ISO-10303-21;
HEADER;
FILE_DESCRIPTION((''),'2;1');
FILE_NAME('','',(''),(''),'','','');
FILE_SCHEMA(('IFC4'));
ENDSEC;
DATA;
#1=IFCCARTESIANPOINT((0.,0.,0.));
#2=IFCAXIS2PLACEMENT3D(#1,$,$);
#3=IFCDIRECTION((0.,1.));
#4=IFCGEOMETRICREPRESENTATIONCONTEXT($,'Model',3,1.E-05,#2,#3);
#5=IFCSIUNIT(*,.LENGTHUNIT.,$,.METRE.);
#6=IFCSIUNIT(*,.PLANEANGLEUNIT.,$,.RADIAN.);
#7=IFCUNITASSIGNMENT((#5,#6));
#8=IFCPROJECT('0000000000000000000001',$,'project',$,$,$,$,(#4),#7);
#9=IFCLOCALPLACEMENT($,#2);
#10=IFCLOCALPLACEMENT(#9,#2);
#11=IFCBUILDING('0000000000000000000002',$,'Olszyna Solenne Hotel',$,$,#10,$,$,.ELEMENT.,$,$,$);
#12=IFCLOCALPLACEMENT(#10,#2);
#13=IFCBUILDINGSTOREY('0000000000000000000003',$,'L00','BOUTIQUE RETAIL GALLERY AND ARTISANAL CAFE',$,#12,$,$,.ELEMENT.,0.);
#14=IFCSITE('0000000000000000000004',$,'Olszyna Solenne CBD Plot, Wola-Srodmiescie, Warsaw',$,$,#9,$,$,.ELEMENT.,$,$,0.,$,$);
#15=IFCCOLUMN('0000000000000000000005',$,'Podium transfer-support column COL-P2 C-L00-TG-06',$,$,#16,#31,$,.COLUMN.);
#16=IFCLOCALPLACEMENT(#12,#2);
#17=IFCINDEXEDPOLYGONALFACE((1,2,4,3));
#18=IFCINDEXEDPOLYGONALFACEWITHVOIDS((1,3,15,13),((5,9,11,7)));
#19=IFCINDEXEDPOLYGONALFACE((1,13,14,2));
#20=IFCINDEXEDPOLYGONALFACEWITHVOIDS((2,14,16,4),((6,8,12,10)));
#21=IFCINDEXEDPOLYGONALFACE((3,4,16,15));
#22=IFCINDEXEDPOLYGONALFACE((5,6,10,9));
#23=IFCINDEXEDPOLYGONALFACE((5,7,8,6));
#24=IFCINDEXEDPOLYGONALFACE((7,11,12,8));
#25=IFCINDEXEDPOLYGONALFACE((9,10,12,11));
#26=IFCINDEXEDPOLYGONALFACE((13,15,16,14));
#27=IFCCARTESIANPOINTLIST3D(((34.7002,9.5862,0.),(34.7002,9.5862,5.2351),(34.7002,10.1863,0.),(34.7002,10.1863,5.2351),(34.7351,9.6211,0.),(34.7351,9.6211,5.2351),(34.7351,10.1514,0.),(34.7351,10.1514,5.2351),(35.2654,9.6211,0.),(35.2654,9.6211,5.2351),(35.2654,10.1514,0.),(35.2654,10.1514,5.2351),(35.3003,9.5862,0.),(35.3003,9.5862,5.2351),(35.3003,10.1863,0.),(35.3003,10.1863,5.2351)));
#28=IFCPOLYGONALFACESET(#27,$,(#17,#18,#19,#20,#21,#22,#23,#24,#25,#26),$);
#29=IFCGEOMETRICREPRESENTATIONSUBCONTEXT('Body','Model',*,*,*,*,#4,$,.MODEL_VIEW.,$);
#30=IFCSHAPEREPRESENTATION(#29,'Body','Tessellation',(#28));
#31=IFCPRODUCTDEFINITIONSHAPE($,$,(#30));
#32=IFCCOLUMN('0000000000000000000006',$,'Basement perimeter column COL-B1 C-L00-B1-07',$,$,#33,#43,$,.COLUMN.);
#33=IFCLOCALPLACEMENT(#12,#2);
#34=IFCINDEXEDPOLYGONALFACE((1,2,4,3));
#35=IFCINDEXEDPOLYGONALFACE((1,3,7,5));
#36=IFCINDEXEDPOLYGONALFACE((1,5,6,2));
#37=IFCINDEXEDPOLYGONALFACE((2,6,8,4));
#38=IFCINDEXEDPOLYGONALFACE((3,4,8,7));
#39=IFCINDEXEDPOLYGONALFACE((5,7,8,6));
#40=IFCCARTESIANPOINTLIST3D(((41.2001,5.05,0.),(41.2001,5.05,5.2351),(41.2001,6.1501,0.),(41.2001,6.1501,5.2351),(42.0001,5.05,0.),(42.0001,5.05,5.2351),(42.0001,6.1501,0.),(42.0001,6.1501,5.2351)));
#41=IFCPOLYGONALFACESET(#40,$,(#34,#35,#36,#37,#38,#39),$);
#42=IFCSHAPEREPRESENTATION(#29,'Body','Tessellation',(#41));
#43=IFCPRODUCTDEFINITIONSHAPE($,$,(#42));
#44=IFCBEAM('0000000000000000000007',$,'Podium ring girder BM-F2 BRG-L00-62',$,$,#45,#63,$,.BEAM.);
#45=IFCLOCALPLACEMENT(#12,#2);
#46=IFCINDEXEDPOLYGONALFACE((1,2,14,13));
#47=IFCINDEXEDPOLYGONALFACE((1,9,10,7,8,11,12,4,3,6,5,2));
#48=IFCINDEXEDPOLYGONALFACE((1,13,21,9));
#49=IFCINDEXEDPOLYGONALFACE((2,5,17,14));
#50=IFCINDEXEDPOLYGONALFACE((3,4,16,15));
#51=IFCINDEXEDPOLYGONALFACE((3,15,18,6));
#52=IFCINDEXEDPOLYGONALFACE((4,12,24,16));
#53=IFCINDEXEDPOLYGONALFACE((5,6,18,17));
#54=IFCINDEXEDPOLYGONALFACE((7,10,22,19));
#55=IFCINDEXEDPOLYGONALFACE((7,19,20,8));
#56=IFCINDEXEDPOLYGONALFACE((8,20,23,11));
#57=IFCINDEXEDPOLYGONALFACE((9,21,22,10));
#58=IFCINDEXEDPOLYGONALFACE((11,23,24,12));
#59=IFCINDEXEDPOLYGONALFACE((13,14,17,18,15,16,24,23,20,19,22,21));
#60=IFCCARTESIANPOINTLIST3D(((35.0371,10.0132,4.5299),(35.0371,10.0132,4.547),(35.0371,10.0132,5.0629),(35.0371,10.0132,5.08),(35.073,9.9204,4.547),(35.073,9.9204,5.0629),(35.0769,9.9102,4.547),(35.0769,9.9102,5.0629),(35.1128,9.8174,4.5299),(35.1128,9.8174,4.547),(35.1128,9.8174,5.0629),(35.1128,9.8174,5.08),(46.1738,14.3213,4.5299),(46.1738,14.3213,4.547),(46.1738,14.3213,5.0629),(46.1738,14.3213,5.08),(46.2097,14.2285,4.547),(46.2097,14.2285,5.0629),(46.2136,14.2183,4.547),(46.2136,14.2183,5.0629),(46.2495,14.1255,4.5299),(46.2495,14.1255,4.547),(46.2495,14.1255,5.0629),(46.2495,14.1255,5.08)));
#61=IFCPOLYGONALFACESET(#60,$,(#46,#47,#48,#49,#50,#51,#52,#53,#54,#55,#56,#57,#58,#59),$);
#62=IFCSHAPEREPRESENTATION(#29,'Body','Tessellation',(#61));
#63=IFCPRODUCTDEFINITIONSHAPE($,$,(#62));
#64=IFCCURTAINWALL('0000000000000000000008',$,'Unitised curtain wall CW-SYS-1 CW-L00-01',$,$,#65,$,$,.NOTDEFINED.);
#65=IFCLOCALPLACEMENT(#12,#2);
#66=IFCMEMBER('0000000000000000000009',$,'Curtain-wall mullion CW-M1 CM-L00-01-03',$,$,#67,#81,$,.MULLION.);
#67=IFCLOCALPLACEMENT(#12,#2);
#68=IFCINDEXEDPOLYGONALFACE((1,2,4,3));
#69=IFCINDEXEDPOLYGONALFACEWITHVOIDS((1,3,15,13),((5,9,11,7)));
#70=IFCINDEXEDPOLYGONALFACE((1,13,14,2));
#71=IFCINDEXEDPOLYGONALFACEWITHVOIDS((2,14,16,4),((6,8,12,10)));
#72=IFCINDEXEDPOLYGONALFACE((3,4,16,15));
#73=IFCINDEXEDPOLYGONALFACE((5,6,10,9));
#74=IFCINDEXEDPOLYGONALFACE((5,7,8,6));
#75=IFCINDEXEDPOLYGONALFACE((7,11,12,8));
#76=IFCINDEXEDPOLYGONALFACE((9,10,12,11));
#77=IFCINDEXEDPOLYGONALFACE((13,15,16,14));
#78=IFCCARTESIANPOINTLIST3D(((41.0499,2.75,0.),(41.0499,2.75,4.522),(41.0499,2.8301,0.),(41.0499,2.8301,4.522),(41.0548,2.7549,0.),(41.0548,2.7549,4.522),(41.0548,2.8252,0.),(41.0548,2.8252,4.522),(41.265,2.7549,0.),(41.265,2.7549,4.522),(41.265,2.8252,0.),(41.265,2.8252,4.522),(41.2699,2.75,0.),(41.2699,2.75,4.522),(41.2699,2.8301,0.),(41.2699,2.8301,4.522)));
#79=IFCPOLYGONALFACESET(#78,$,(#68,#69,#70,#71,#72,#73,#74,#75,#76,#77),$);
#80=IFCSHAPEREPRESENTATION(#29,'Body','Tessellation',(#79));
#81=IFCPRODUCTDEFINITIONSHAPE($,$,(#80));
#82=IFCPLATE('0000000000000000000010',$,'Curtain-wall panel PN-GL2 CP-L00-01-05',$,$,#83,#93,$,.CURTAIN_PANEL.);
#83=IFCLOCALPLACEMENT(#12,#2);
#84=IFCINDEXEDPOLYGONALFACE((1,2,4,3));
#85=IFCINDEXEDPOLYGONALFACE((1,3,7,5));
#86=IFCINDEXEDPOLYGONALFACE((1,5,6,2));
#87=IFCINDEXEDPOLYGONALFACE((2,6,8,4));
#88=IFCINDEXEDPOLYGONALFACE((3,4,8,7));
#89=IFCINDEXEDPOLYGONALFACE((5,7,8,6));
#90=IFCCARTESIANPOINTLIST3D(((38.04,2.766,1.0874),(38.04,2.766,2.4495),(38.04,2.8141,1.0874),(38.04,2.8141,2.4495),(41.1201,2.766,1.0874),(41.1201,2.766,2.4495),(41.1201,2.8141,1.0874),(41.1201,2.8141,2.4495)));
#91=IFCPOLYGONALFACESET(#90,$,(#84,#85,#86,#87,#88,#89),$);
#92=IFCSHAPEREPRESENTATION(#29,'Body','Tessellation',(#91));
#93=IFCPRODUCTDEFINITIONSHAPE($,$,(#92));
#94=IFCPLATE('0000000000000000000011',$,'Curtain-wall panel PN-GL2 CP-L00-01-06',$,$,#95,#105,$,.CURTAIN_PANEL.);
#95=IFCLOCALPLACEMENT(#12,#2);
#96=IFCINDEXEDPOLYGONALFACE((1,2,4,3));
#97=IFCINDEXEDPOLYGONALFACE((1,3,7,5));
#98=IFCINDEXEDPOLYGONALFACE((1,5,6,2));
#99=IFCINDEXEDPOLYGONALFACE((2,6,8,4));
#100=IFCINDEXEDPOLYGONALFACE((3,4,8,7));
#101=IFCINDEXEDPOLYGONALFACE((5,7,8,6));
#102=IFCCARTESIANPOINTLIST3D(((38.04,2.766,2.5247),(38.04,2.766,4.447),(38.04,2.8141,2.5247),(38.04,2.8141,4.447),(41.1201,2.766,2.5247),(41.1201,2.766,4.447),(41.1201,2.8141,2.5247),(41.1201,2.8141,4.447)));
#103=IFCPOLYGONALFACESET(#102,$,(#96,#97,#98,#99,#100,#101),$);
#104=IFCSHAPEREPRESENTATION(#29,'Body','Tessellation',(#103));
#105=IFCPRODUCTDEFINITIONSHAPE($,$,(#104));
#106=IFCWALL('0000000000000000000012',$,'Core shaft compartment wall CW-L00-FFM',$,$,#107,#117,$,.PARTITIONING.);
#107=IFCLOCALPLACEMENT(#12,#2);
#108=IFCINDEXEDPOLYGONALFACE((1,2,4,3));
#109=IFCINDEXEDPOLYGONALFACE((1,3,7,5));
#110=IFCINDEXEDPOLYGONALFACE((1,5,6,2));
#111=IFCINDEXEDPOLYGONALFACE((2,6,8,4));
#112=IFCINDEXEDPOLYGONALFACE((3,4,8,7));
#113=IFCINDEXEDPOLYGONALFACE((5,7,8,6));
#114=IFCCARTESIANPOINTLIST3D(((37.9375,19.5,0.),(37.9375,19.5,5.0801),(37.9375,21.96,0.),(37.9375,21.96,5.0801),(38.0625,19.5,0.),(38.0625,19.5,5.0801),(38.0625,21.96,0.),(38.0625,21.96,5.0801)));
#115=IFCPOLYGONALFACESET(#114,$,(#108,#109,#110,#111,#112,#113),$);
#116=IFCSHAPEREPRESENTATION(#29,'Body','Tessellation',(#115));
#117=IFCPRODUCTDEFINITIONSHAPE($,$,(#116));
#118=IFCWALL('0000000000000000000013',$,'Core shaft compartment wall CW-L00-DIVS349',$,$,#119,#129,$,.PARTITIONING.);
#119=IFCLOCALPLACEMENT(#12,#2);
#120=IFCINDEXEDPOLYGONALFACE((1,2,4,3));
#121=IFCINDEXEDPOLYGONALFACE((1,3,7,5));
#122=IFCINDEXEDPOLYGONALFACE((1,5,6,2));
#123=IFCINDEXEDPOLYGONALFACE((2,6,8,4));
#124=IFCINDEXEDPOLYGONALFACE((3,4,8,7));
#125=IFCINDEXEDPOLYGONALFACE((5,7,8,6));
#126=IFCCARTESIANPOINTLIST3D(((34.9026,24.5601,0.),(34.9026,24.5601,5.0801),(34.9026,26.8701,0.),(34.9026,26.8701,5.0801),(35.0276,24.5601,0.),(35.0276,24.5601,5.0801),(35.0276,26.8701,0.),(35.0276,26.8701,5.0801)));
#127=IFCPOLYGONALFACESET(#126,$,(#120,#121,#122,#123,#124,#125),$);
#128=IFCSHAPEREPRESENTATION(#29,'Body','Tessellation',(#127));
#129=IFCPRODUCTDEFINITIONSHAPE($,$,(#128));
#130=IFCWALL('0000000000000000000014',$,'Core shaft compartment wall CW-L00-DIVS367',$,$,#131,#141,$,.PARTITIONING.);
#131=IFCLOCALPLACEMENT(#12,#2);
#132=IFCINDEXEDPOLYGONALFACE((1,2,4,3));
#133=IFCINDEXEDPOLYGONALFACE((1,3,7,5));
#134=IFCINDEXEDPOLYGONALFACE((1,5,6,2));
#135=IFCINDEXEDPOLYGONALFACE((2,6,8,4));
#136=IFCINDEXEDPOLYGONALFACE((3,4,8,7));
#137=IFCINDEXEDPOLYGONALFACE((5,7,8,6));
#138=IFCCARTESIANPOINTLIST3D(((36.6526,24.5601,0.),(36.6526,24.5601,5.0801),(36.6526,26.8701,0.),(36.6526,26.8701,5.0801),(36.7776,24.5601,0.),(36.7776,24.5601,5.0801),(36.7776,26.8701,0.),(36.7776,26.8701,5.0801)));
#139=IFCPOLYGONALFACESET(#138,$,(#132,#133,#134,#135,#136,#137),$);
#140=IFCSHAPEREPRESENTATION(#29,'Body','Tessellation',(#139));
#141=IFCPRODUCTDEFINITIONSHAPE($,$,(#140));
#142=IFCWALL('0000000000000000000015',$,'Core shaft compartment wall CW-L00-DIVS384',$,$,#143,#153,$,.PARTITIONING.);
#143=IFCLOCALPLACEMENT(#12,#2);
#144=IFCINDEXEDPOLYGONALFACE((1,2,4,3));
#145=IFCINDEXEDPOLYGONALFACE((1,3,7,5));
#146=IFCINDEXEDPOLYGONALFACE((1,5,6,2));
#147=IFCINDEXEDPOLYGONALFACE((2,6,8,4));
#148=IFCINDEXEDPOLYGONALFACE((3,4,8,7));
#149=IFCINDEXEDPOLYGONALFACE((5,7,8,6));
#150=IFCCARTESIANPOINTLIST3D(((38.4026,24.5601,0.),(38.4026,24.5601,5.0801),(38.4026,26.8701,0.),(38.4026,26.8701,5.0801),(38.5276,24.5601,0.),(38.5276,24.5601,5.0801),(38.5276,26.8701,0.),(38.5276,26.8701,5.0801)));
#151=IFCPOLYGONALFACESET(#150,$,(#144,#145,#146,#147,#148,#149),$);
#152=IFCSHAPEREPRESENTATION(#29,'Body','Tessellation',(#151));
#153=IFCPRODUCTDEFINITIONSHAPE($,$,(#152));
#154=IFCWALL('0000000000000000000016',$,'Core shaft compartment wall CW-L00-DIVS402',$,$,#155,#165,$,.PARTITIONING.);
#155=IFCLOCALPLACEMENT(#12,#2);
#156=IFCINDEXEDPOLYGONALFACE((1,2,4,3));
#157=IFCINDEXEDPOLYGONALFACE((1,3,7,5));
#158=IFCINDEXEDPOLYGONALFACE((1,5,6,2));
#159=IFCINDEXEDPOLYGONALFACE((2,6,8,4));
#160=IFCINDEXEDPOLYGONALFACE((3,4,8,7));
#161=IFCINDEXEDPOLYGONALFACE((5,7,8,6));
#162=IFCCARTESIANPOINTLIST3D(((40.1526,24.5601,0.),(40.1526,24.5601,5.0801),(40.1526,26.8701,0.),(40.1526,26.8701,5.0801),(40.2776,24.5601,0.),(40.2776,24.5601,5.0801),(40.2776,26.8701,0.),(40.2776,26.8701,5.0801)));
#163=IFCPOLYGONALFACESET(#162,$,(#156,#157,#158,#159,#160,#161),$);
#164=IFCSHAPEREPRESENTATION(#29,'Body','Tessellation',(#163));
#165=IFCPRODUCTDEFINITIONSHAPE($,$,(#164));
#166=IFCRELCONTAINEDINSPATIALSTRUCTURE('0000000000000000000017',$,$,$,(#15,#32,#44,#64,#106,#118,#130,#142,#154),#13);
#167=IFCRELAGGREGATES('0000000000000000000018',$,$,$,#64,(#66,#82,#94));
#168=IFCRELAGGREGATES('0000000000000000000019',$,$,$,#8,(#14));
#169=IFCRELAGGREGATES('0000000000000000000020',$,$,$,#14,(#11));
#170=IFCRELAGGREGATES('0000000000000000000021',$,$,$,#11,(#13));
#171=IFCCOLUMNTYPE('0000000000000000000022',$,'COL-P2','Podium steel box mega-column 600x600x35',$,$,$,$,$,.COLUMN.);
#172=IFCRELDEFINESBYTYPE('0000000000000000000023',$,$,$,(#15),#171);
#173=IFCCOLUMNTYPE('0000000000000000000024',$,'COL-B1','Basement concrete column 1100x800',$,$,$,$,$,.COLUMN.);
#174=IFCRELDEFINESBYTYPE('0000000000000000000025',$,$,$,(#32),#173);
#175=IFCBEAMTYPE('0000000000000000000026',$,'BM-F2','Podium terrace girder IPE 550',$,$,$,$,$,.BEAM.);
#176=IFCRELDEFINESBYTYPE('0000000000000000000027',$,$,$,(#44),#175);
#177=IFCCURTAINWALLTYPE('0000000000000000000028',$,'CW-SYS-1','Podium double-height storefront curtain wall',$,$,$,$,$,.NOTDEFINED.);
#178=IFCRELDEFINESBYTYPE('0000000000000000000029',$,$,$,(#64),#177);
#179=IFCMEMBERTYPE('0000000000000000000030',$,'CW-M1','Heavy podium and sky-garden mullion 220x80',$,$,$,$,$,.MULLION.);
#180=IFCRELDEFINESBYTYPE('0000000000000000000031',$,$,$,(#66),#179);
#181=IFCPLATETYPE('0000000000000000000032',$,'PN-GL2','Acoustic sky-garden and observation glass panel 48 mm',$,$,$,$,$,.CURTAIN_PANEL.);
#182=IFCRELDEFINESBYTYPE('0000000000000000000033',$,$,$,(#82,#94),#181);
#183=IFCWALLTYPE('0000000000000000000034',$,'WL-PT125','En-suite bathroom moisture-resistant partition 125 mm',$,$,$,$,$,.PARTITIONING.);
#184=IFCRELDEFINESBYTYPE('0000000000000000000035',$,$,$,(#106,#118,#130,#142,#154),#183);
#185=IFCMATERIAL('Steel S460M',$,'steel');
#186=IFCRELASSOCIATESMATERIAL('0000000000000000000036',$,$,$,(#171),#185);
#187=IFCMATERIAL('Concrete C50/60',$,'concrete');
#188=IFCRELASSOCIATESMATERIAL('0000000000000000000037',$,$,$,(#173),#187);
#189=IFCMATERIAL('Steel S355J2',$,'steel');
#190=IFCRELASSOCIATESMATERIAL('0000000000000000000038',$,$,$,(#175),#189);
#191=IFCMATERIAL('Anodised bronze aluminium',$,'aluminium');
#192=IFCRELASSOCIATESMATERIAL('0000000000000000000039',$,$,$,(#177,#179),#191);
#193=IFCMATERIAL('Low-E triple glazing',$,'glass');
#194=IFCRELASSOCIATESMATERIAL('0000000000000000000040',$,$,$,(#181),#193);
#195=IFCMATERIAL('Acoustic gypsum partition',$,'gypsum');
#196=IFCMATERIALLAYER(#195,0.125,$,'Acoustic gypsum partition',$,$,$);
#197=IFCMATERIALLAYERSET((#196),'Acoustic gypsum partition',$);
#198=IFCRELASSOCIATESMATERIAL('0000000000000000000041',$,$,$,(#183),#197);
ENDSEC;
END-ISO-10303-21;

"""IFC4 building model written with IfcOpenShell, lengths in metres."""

from ifc_helpers import new_model, si_unit, direction, frame, frame_2d, origin, origin_2d, place, context, subcontext, project, spatial, rectangle, hollow_rectangle, i_section, extrude, source, transform, mapped, material, layer, layer_set, material_profile, profile_set, type_object, element, aggregate, save


model = new_model("IFC4")

# Units and contexts
model_context = context("Model", 3, precision=1e-05, world=origin(), true_north=direction((0.0, 1.0)))
body_context = subcontext(model_context, "Body", "Model", "MODEL_VIEW")
ifc_project = project(units=[si_unit("LENGTHUNIT", "METRE"), si_unit("PLANEANGLEUNIT", "RADIAN")], contexts=[model_context])

# Site, building, storey
site_placement = place(None, origin())
site = spatial("IfcSite", under=ifc_project, at=site_placement, Name="Olszyna Solenne CBD Plot, Wola-Srodmiescie, Warsaw", CompositionType="ELEMENT", RefElevation=0.0)
building_placement = place(site_placement, origin())
building = spatial("IfcBuilding", under=site, at=building_placement, Name="Olszyna Solenne Hotel", CompositionType="ELEMENT")
storey_placement = place(building_placement, origin())
storey = spatial("IfcBuildingStorey", under=building, at=storey_placement, Name="L00", Description="BOUTIQUE RETAIL GALLERY AND ARTISANAL CAFE", CompositionType="ELEMENT", Elevation=0.0)

# Columns
ifc_material_1 = material(Name="Steel S460M", Category="steel")
ifc_material_profile_1 = material_profile(ifc_material_1, hollow_rectangle(XDim=0.6001, YDim=0.6001, WallThickness=0.0349, at=origin_2d()), Name="SHS 600x600x35", Category="load-bearing")
ifc_profile_set_1 = profile_set([ifc_material_profile_1], Name="Steel S460M")
column_type_1 = type_object("IfcColumnType", Name="COL-P2", Description="Podium steel box mega-column 600x600x35", PredefinedType="COLUMN", material=ifc_profile_set_1)
shared_shape_1 = source(origin(), body_context, "Body", "SweptSolid", [
    extrude(hollow_rectangle(XDim=0.6001, YDim=0.6001, WallThickness=0.0349, at=origin_2d()), origin(), (0.0, 0.0, 1.0), 5.2351),
])
column_1_placement = place(storey_placement, frame((35.0002, 9.8862, 0.0), z_axis=(0.0, 0.0, 1.0), x_axis=(1.0, 0.0, 0.0)))
element("IfcColumn", 1, at=column_1_placement, inside=storey, type_object=column_type_1, Name="Podium transfer-support column COL-P2 C-L00-TG-06", PredefinedType="COLUMN", context=body_context, shape_type="MappedRepresentation", body=[
    mapped(shared_shape_1, transform((0.0, 0.0, 0.0), x_axis=(1.0, 0.0, 0.0), y_axis=(0.0, 1.0, 0.0), z_axis=(0.0, 0.0, 1.0), scale=1.0)),
])
ifc_material_2 = material(Name="Concrete C50/60", Category="concrete")
ifc_material_profile_2 = material_profile(ifc_material_2, rectangle(XDim=0.8, YDim=1.1001, at=origin_2d()), Name="RC 1100x800", Category="load-bearing")
ifc_profile_set_2 = profile_set([ifc_material_profile_2], Name="Concrete C50/60")
column_type_2 = type_object("IfcColumnType", Name="COL-B1", Description="Basement concrete column 1100x800", PredefinedType="COLUMN", material=ifc_profile_set_2)
shared_shape_2 = source(origin(), body_context, "Body", "SweptSolid", [
    extrude(rectangle(XDim=0.8, YDim=1.1001, at=origin_2d()), origin(), (0.0, 0.0, 1.0), 5.2351),
])
column_2_placement = place(storey_placement, frame((41.6001, 5.6001, 0.0), z_axis=(0.0, 0.0, 1.0), x_axis=(1.0, 0.0, 0.0)))
element("IfcColumn", 2, at=column_2_placement, inside=storey, type_object=column_type_2, Name="Basement perimeter column COL-B1 C-L00-B1-07", PredefinedType="COLUMN", context=body_context, shape_type="MappedRepresentation", body=[
    mapped(shared_shape_2, transform((0.0, 0.0, 0.0), x_axis=(1.0, 0.0, 0.0), y_axis=(0.0, 1.0, 0.0), z_axis=(0.0, 0.0, 1.0), scale=1.0)),
])

# Beam
ifc_material_3 = material(Name="Steel S355J2", Category="steel")
ifc_material_profile_3 = material_profile(ifc_material_3, i_section(OverallWidth=0.21, OverallDepth=0.55, WebThickness=0.011, FlangeThickness=0.0171, at=origin_2d()), Name="IPE 550", Category="load-bearing")
ifc_profile_set_3 = profile_set([ifc_material_profile_3], Name="Steel S355J2")
beam_type = type_object("IfcBeamType", Name="BM-F2", Description="Podium terrace girder IPE 550", PredefinedType="BEAM", material=ifc_profile_set_3)
shared_shape_3 = source(origin(), body_context, "Body", "SweptSolid", [
    extrude(i_section(OverallWidth=0.21, OverallDepth=0.55, WebThickness=0.011, FlangeThickness=0.0171, at=origin_2d()), origin(), (0.0, 0.0, 1.0), 11.9409),
])
beam_placement = place(storey_placement, frame((35.075, 9.9153, 4.8049), z_axis=(0.932649, 0.360784, 0.0), x_axis=(-0.360784, 0.932649, 0.0)))
element("IfcBeam", 3, at=beam_placement, inside=storey, type_object=beam_type, Name="Podium ring girder BM-F2 BRG-L00-62", PredefinedType="BEAM", context=body_context, shape_type="MappedRepresentation", body=[
    mapped(shared_shape_3, transform((0.0, 0.0, 0.0), x_axis=(1.0, 0.0, 0.0), y_axis=(0.0, 1.0, 0.0), z_axis=(0.0, 0.0, 1.0), scale=1.0)),
])

# Curtain wall, member, plates
ifc_material_4 = material(Name="Anodised bronze aluminium", Category="aluminium")
curtain_wall_type = type_object("IfcCurtainWallType", Name="CW-SYS-1", Description="Podium double-height storefront curtain wall", PredefinedType="NOTDEFINED", material=ifc_material_4)
curtain_wall_placement = place(storey_placement, origin())
curtain_wall = element("IfcCurtainWall", 4, at=curtain_wall_placement, inside=storey, type_object=curtain_wall_type, Name="Unitised curtain wall CW-SYS-1 CW-L00-01", PredefinedType="NOTDEFINED")
ifc_material_profile_4 = material_profile(ifc_material_4, hollow_rectangle(XDim=0.0801, YDim=0.22, WallThickness=0.0049, at=origin_2d()), Name="MULL 220x80x5", Category="load-bearing")
ifc_profile_set_4 = profile_set([ifc_material_profile_4], Name="Anodised bronze aluminium")
member_type = type_object("IfcMemberType", Name="CW-M1", Description="Heavy podium and sky-garden mullion 220x80", PredefinedType="MULLION", material=ifc_profile_set_4)
shared_shape_4 = source(origin(), body_context, "Body", "SweptSolid", [
    extrude(hollow_rectangle(XDim=0.0801, YDim=0.22, WallThickness=0.0049, at=origin_2d()), origin(), (0.0, 0.0, 1.0), 4.522),
])
member_placement = place(storey_placement, frame((41.1599, 2.79, 0.0), z_axis=(0.0, 0.0, 1.0), x_axis=(0.0, 1.0, 0.0)))
member = element("IfcMember", 5, at=member_placement, type_object=member_type, Name="Curtain-wall mullion CW-M1 CM-L00-01-03", PredefinedType="MULLION", context=body_context, shape_type="MappedRepresentation", body=[
    mapped(shared_shape_4, transform((0.0, 0.0, 0.0), x_axis=(1.0, 0.0, 0.0), y_axis=(0.0, 1.0, 0.0), z_axis=(0.0, 0.0, 1.0), scale=1.0)),
])
ifc_material_5 = material(Name="Low-E triple glazing", Category="glass")
plate_type = type_object("IfcPlateType", Name="PN-GL2", Description="Acoustic sky-garden and observation glass panel 48 mm", PredefinedType="CURTAIN_PANEL", material=ifc_material_5)
shared_shape_5 = source(origin(), body_context, "Body", "SweptSolid", [
    extrude(rectangle(XDim=3.0801, YDim=0.0481, at=origin_2d()), origin(), (0.0, 0.0, 1.0), 1.3621),
])
plate_1_placement = place(storey_placement, frame((39.5801, 2.79, 1.0874), z_axis=(0.0, 0.0, 1.0), x_axis=(1.0, 0.0, 0.0)))
plate_1 = element("IfcPlate", 6, at=plate_1_placement, type_object=plate_type, Name="Curtain-wall panel PN-GL2 CP-L00-01-05", PredefinedType="CURTAIN_PANEL", context=body_context, shape_type="MappedRepresentation", body=[
    mapped(shared_shape_5, transform((0.0, 0.0, 0.0), x_axis=(1.0, 0.0, 0.0), y_axis=(0.0, 1.0, 0.0), z_axis=(0.0, 0.0, 1.0), scale=1.0)),
])
shared_shape_6 = source(origin(), body_context, "Body", "SweptSolid", [
    extrude(rectangle(XDim=3.0801, YDim=0.0481, at=origin_2d()), origin(), (0.0, 0.0, 1.0), 1.9224),
])
plate_2_placement = place(storey_placement, frame((39.5801, 2.79, 2.5247), z_axis=(0.0, 0.0, 1.0), x_axis=(1.0, 0.0, 0.0)))
plate_2 = element("IfcPlate", 7, at=plate_2_placement, type_object=plate_type, Name="Curtain-wall panel PN-GL2 CP-L00-01-06", PredefinedType="CURTAIN_PANEL", context=body_context, shape_type="MappedRepresentation", body=[
    mapped(shared_shape_6, transform((0.0, 0.0, 0.0), x_axis=(1.0, 0.0, 0.0), y_axis=(0.0, 1.0, 0.0), z_axis=(0.0, 0.0, 1.0), scale=1.0)),
])
aggregate(curtain_wall, [member, plate_1, plate_2])

# Walls
ifc_material_6 = material(Name="Acoustic gypsum partition", Category="gypsum")
ifc_layer_1 = layer(ifc_material_6, 0.125, Name="Acoustic gypsum partition")
ifc_layer_set_1 = layer_set([ifc_layer_1], Name="Acoustic gypsum partition")
wall_type_1 = type_object("IfcWallType", Name="WL-PT125", Description="En-suite bathroom moisture-resistant partition 125 mm", PredefinedType="PARTITIONING", material=ifc_layer_set_1)
wall_1_placement = place(storey_placement, frame((38.0, 19.5, 0.0), z_axis=(0.0, 0.0, 1.0), x_axis=(0.0, 1.0, 0.0)))
element("IfcWall", 8, at=wall_1_placement, inside=storey, type_object=wall_type_1, Name="Core shaft compartment wall CW-L00-FFM", PredefinedType="PARTITIONING", context=body_context, shape_type="SweptSolid", body=[
    extrude(rectangle(XDim=2.46, YDim=0.125, at=frame_2d((1.23, 0.0))), origin(), (0.0, 0.0, 1.0), 5.0801),
])
for number, where, z_axis, x_axis, name in (
    (9, (34.9651, 24.5601, 0.0), (0.0, 0.0, 1.0), (0.0, 1.0, 0.0), "Core shaft compartment wall CW-L00-DIVS349"),
    (10, (36.7151, 24.5601, 0.0), (0.0, 0.0, 1.0), (0.0, 1.0, 0.0), "Core shaft compartment wall CW-L00-DIVS367"),
    (11, (38.4651, 24.5601, 0.0), (0.0, 0.0, 1.0), (0.0, 1.0, 0.0), "Core shaft compartment wall CW-L00-DIVS384"),
    (12, (40.2151, 24.5601, 0.0), (0.0, 0.0, 1.0), (0.0, 1.0, 0.0), "Core shaft compartment wall CW-L00-DIVS402"),
):
    element("IfcWall", number, at=place(storey_placement, frame(where, z_axis=z_axis, x_axis=x_axis)), inside=storey, type_object=wall_type_1, Name=name, PredefinedType="PARTITIONING", context=body_context, shape_type="SweptSolid", body=[
        extrude(rectangle(XDim=2.3101, YDim=0.125, at=frame_2d((1.155, 0.0))), origin(), (0.0, 0.0, 1.0), 5.0801),
    ])

save(model, "model.ifc")
